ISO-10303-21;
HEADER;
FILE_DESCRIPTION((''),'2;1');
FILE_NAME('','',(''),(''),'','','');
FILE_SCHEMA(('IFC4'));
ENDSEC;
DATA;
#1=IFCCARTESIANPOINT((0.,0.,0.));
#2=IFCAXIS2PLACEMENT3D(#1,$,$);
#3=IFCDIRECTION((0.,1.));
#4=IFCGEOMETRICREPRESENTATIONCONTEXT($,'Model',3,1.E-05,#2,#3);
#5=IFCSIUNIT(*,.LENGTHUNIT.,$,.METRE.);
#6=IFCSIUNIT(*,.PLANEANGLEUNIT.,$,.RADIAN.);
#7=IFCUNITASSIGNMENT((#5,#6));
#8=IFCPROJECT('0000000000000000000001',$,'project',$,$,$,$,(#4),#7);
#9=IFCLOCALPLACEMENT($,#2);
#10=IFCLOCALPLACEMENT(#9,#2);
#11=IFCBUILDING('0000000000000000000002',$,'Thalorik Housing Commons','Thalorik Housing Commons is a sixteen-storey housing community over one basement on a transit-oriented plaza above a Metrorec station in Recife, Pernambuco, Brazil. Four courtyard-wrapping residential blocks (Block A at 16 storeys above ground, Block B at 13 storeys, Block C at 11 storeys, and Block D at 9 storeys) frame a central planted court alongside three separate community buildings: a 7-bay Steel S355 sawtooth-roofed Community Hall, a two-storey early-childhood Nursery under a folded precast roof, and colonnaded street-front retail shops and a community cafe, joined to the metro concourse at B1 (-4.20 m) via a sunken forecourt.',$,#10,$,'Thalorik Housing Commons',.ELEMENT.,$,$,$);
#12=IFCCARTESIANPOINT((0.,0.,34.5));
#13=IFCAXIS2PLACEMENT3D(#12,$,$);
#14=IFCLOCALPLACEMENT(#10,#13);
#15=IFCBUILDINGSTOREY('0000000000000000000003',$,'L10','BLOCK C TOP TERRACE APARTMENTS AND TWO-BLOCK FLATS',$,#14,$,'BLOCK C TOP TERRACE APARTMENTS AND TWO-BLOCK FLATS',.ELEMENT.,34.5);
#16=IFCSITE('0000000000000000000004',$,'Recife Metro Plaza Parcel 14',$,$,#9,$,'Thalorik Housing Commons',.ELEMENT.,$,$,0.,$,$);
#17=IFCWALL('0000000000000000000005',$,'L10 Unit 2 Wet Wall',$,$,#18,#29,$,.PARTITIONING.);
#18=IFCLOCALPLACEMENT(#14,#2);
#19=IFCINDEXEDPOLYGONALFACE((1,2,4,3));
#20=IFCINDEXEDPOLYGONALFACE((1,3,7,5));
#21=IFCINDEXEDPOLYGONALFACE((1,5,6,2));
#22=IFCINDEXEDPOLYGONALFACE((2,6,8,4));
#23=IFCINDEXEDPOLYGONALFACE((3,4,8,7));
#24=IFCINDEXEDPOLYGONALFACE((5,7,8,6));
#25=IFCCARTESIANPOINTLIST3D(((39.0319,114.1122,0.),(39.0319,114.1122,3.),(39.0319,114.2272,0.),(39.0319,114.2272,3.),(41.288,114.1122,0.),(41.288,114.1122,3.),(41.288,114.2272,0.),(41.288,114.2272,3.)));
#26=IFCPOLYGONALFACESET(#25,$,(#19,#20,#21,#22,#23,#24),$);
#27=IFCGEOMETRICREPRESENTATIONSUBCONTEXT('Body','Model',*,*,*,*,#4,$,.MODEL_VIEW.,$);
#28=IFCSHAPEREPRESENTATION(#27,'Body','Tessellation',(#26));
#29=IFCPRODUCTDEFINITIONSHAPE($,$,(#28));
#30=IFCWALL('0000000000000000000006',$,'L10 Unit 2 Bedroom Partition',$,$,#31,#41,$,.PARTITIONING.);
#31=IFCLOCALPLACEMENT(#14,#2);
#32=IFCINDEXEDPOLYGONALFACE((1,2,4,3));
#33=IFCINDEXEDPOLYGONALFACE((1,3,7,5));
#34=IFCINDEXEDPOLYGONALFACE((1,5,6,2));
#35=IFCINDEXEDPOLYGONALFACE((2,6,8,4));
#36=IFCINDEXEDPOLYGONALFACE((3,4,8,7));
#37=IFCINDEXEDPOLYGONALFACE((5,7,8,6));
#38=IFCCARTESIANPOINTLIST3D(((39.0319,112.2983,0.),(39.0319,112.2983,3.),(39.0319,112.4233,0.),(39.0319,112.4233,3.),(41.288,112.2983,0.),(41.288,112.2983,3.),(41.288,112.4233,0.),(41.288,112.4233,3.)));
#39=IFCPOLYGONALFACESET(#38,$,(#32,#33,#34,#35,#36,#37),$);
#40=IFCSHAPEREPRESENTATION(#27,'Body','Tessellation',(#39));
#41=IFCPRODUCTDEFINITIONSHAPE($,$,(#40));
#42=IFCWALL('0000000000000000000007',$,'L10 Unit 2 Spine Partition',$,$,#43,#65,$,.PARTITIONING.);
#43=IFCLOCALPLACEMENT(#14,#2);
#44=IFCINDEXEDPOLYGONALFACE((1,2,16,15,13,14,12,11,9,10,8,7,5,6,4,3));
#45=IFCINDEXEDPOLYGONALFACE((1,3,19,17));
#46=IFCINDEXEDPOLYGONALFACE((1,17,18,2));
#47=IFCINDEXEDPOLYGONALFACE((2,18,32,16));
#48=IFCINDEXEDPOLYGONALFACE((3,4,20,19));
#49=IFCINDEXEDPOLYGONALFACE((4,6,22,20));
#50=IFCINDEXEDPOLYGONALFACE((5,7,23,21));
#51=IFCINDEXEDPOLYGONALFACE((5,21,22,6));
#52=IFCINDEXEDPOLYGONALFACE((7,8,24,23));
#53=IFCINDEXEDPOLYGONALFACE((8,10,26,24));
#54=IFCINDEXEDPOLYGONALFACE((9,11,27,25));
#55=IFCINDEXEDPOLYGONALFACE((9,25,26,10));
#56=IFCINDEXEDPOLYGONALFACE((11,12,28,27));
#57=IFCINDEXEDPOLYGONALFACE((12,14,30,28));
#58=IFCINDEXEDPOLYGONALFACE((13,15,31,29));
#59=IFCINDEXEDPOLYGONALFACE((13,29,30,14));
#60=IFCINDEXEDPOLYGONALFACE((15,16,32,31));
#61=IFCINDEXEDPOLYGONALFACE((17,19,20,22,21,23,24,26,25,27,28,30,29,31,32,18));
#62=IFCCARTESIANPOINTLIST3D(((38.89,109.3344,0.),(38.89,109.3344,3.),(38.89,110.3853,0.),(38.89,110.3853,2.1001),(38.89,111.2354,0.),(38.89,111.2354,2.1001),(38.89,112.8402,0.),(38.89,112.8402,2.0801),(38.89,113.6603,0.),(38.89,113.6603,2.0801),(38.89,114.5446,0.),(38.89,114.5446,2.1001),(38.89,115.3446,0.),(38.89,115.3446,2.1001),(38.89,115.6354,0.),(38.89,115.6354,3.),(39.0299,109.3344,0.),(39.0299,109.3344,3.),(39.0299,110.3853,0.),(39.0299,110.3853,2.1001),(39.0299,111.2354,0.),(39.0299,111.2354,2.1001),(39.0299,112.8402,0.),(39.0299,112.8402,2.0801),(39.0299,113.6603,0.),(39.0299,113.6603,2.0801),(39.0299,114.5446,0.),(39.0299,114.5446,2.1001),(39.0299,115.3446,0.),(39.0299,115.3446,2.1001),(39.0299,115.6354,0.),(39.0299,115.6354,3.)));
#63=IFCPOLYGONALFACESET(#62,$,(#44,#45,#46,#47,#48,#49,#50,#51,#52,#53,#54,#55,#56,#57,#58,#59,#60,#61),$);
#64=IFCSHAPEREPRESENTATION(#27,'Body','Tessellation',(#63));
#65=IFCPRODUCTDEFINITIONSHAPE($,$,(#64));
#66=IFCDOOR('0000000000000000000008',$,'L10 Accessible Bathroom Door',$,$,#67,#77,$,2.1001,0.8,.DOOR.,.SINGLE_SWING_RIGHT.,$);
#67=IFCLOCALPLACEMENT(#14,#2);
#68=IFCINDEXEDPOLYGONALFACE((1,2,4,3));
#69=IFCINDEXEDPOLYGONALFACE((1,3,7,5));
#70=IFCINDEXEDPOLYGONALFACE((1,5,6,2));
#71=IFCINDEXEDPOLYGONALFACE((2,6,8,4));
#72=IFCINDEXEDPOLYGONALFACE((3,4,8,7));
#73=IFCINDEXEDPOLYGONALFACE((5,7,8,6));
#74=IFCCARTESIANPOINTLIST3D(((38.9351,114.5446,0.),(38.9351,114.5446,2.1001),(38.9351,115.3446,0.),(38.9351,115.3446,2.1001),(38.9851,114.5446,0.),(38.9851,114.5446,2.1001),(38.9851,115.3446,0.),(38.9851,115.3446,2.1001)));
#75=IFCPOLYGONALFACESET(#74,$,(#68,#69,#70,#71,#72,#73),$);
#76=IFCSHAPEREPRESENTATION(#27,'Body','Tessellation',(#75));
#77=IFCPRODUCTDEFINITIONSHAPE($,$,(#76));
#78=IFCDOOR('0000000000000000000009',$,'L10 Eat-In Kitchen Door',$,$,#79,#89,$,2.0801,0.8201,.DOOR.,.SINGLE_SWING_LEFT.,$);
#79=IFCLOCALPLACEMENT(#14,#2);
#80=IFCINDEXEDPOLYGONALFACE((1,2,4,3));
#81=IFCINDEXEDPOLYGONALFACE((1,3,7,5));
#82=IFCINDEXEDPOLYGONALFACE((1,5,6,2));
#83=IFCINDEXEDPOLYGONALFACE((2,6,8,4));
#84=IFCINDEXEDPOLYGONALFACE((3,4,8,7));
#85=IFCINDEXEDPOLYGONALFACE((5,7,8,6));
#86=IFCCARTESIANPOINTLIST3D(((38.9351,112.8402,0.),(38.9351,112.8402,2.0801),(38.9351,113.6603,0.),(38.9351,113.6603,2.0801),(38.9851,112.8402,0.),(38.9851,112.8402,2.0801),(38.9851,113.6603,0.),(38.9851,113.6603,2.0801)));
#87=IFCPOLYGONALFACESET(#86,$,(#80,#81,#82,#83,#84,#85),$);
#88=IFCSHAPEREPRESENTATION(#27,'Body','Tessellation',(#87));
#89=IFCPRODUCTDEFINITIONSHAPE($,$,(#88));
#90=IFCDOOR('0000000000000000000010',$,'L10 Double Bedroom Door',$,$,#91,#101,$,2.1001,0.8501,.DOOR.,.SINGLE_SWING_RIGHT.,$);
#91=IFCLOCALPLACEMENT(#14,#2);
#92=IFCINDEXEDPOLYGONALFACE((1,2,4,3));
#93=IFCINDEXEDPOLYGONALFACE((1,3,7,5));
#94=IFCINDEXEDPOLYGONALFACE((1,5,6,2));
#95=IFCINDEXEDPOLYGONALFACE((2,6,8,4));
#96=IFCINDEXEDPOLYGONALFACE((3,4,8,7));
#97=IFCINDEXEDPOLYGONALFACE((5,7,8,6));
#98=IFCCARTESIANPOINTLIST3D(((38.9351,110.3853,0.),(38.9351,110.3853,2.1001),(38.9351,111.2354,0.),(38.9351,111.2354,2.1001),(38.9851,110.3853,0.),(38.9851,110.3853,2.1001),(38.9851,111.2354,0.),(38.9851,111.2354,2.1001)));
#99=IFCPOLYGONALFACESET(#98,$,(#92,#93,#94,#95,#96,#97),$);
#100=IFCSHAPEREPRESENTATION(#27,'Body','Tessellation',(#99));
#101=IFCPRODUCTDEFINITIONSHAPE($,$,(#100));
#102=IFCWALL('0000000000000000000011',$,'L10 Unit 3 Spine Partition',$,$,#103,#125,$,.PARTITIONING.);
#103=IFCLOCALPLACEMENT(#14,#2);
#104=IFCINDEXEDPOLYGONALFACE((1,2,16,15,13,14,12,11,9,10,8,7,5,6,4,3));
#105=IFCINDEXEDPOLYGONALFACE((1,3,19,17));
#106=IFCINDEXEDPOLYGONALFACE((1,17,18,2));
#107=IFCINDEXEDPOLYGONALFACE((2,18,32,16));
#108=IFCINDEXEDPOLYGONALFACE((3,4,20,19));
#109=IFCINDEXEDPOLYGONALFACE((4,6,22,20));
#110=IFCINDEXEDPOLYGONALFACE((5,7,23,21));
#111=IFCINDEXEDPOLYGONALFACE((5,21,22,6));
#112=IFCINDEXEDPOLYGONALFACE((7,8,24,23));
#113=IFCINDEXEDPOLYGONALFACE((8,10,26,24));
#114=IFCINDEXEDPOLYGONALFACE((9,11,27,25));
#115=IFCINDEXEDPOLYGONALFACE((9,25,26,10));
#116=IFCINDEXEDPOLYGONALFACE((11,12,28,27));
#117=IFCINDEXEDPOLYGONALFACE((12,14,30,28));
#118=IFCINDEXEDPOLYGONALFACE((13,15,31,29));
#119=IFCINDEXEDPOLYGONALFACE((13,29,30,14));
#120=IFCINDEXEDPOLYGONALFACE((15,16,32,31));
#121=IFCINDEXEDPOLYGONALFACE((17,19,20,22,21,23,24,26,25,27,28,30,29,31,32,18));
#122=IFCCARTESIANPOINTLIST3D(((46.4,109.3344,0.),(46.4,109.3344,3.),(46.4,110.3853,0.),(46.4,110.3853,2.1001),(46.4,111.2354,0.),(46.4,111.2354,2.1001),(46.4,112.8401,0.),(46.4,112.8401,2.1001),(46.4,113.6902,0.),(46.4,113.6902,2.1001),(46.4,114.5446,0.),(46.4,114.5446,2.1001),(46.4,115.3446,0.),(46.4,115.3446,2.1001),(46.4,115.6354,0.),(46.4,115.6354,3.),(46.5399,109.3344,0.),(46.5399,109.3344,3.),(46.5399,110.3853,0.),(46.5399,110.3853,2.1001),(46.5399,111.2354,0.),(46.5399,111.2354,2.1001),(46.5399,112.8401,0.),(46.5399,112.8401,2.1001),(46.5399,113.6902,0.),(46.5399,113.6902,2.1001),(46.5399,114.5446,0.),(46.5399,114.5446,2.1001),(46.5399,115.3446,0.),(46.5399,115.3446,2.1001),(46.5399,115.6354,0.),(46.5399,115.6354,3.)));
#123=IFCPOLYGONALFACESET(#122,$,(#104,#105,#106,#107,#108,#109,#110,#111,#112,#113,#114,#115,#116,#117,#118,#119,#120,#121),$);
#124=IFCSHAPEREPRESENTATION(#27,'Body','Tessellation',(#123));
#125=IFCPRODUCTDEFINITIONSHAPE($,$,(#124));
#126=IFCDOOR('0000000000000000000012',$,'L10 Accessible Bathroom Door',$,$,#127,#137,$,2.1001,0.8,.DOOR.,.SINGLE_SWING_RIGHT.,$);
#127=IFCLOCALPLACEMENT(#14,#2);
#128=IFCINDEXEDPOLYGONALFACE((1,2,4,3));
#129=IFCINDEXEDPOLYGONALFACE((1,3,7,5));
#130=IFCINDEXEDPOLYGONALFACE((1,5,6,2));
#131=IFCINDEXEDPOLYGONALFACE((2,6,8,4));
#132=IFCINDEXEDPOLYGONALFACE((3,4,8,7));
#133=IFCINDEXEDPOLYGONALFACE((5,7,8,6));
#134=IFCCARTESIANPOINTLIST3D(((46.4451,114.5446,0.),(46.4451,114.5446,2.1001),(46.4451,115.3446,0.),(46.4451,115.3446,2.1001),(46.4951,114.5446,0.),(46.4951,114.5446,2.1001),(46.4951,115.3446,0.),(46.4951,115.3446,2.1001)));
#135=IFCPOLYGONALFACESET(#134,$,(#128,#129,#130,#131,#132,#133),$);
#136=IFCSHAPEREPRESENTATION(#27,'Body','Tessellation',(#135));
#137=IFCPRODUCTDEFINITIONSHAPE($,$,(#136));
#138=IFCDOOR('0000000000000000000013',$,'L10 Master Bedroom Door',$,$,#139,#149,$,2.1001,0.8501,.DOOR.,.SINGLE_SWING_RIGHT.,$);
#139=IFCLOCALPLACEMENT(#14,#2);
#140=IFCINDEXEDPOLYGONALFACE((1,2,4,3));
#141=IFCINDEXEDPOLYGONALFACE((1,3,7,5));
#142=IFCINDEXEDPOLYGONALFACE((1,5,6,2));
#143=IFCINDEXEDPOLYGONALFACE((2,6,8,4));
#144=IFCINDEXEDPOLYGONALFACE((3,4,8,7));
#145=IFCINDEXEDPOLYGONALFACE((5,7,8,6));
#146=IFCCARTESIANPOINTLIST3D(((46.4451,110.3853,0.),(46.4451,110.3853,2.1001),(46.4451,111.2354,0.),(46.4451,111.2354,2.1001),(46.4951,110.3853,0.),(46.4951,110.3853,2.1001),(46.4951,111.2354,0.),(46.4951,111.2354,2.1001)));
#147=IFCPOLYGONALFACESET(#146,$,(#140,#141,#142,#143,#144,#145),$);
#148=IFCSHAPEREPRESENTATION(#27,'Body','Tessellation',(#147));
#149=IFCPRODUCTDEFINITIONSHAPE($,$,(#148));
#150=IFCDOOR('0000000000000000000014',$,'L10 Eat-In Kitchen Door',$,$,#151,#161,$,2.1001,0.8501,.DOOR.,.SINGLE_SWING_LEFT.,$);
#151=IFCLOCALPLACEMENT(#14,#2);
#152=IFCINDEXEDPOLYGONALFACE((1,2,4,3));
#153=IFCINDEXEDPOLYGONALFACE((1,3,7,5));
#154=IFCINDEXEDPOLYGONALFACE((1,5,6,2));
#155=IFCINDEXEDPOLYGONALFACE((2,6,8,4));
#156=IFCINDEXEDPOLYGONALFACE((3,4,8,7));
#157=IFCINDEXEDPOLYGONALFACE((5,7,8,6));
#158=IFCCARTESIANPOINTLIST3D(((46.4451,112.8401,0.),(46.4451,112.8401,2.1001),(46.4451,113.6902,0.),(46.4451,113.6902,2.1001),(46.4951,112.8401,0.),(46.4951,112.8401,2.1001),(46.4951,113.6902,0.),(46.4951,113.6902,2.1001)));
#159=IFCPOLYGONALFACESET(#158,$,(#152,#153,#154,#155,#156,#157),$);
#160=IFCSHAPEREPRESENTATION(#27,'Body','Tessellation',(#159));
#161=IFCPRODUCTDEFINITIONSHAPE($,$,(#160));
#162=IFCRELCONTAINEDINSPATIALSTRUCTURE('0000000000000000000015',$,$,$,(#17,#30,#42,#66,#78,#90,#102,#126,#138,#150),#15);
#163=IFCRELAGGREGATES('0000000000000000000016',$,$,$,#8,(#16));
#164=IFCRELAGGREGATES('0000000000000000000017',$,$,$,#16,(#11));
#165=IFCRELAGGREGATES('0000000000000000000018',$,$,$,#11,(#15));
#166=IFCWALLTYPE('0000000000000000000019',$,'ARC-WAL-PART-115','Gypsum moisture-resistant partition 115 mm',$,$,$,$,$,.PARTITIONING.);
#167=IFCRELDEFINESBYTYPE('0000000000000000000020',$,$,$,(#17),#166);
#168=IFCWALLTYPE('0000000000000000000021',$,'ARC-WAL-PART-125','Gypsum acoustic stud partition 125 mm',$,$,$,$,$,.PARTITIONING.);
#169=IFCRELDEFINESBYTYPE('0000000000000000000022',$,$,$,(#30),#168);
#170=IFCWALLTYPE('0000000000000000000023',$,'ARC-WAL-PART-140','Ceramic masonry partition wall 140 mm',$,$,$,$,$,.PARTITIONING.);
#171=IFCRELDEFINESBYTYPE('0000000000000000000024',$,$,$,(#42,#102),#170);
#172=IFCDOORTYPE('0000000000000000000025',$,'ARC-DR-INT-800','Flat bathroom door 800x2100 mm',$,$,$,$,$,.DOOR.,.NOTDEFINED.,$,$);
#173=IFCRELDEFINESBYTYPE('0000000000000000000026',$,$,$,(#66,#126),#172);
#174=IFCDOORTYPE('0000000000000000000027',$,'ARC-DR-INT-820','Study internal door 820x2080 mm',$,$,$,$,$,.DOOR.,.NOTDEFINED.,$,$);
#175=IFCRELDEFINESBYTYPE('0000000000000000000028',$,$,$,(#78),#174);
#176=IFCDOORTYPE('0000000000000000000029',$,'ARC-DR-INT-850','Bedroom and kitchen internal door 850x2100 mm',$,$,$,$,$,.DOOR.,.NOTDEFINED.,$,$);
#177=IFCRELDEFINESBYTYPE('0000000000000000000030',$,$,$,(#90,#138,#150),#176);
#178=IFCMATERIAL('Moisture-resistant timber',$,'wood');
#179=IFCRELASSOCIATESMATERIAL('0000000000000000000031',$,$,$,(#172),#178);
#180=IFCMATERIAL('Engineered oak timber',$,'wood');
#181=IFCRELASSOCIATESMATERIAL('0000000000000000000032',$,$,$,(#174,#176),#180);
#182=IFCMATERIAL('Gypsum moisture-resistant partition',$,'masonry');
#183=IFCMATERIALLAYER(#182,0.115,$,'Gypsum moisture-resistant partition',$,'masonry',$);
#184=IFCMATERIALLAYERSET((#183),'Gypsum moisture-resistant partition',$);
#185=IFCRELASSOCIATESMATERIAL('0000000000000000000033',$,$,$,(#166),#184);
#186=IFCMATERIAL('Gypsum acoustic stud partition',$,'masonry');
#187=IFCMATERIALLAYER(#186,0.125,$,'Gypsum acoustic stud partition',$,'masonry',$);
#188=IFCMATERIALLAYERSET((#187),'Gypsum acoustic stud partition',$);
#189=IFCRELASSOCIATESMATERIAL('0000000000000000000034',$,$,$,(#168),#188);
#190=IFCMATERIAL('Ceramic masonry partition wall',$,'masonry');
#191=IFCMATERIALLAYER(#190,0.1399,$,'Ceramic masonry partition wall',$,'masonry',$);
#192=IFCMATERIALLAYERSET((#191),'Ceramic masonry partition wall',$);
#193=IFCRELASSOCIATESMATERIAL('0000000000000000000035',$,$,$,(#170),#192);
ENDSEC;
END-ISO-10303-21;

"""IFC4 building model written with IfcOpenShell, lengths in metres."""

from ifc_helpers import new_model, si_unit, direction, frame, frame_2d, origin, place, context, subcontext, project, spatial, rectangle, extrude, material, layer, layer_set, type_object, element, fill, save


model = new_model("IFC4")

# Units and contexts
model_context = context("Model", 3, precision=1e-05, world=origin(), true_north=direction((0.0, 1.0)))
body_context = subcontext(model_context, "Body", "Model", "MODEL_VIEW")
ifc_project = project(units=[si_unit("LENGTHUNIT", "METRE"), si_unit("PLANEANGLEUNIT", "RADIAN")], contexts=[model_context])

# Site, building, storey
site_placement = place(None, origin())
site = spatial("IfcSite", under=ifc_project, at=site_placement, Name="Recife Metro Plaza Parcel 14", LongName="Thalorik Housing Commons", CompositionType="ELEMENT", RefElevation=0.0)
building_placement = place(site_placement, origin())
building = spatial("IfcBuilding", under=site, at=building_placement, Name="Thalorik Housing Commons", Description="Thalorik Housing Commons is a sixteen-storey housing community over one basement on a transit-oriented plaza above a Metrorec station in Recife, Pernambuco, Brazil. Four courtyard-wrapping residential blocks (Block A at 16 storeys above ground, Block B at 13 storeys, Block C at 11 storeys, and Block D at 9 storeys) frame a central planted court alongside three separate community buildings: a 7-bay Steel S355 sawtooth-roofed Community Hall, a two-storey early-childhood Nursery under a folded precast roof, and colonnaded street-front retail shops and a community cafe, joined to the metro concourse at B1 (-4.20 m) via a sunken forecourt.", LongName="Thalorik Housing Commons", CompositionType="ELEMENT")
storey_placement = place(building_placement, frame((0.0, 0.0, 34.5)))
storey = spatial("IfcBuildingStorey", under=building, at=storey_placement, Name="L10", Description="BLOCK C TOP TERRACE APARTMENTS AND TWO-BLOCK FLATS", LongName="BLOCK C TOP TERRACE APARTMENTS AND TWO-BLOCK FLATS", CompositionType="ELEMENT", Elevation=34.5)

# Shared definitions
ifc_material_1 = material(Name="Moisture-resistant timber", Category="wood")
door_type_1 = type_object("IfcDoorType", Name="ARC-DR-INT-800", Description="Flat bathroom door 800x2100 mm", OperationType="NOTDEFINED", PredefinedType="DOOR", material=ifc_material_1)
ifc_material_2 = material(Name="Engineered oak timber", Category="wood")
door_type_2 = type_object("IfcDoorType", Name="ARC-DR-INT-820", Description="Study internal door 820x2080 mm", OperationType="NOTDEFINED", PredefinedType="DOOR", material=ifc_material_2)
door_type_3 = type_object("IfcDoorType", Name="ARC-DR-INT-850", Description="Bedroom and kitchen internal door 850x2100 mm", OperationType="NOTDEFINED", PredefinedType="DOOR", material=ifc_material_2)

# Walls
ifc_material_3 = material(Name="Gypsum moisture-resistant partition", Category="masonry")
ifc_layer_1 = layer(ifc_material_3, 0.115, Name="Gypsum moisture-resistant partition", Category="masonry")
ifc_layer_set_1 = layer_set([ifc_layer_1], Name="Gypsum moisture-resistant partition")
wall_type_1 = type_object("IfcWallType", Name="ARC-WAL-PART-115", Description="Gypsum moisture-resistant partition 115 mm", PredefinedType="PARTITIONING", material=ifc_layer_set_1)
wall_1_placement = place(storey_placement, frame((39.032, 114.1697, 0.0), z_axis=(0.0, 0.0, 1.0), x_axis=(1.0, 0.0, 0.0)))
element("IfcWall", 1, at=wall_1_placement, inside=storey, type_object=wall_type_1, Name="L10 Unit 2 Wet Wall", PredefinedType="PARTITIONING", context=body_context, shape_type="SweptSolid", body=[
    extrude(rectangle(XDim=2.2561, YDim=0.115, at=frame_2d((1.1279, 0.0))), origin(), (0.0, 0.0, 1.0), 3.0),
])
ifc_material_4 = material(Name="Gypsum acoustic stud partition", Category="masonry")
ifc_layer_2 = layer(ifc_material_4, 0.125, Name="Gypsum acoustic stud partition", Category="masonry")
ifc_layer_set_2 = layer_set([ifc_layer_2], Name="Gypsum acoustic stud partition")
wall_type_2 = type_object("IfcWallType", Name="ARC-WAL-PART-125", Description="Gypsum acoustic stud partition 125 mm", PredefinedType="PARTITIONING", material=ifc_layer_set_2)
wall_2_placement = place(storey_placement, frame((39.032, 112.3608, 0.0), z_axis=(0.0, 0.0, 1.0), x_axis=(1.0, 0.0, 0.0)))
element("IfcWall", 2, at=wall_2_placement, inside=storey, type_object=wall_type_2, Name="L10 Unit 2 Bedroom Partition", PredefinedType="PARTITIONING", context=body_context, shape_type="SweptSolid", body=[
    extrude(rectangle(XDim=2.2561, YDim=0.125, at=frame_2d((1.1279, 0.0))), origin(), (0.0, 0.0, 1.0), 3.0),
])

# Walls, openings, doors
ifc_material_5 = material(Name="Ceramic masonry partition wall", Category="masonry")
ifc_layer_3 = layer(ifc_material_5, 0.1399, Name="Ceramic masonry partition wall", Category="masonry")
ifc_layer_set_3 = layer_set([ifc_layer_3], Name="Ceramic masonry partition wall")
wall_type_3 = type_object("IfcWallType", Name="ARC-WAL-PART-140", Description="Ceramic masonry partition wall 140 mm", PredefinedType="PARTITIONING", material=ifc_layer_set_3)
wall_3_placement = place(storey_placement, frame((38.96, 109.3345, 0.0), z_axis=(0.0, 0.0, 1.0), x_axis=(0.0, 1.0, 0.0)))
wall_3 = element("IfcWall", 3, at=wall_3_placement, inside=storey, type_object=wall_type_3, Name="L10 Unit 2 Spine Partition", PredefinedType="PARTITIONING", context=body_context, shape_type="SweptSolid", body=[
    extrude(rectangle(XDim=6.301, YDim=0.1399, at=frame_2d((3.1504, 0.0))), origin(), (0.0, 0.0, 1.0), 3.0),
])
opening_1_placement = place(wall_3_placement, frame((1.0508, 0.0, 0.0)))
opening_1 = element("IfcOpeningElement", 4, at=opening_1_placement, cuts=wall_3, PredefinedType="OPENING", context=body_context, shape_type="SweptSolid", body=[
    extrude(rectangle(XDim=0.8501, YDim=2.1001, at=frame_2d((0.425, 1.05))), frame((0.0, 0.0801, 0.0), z_axis=(0.0, -1.0, 0.0), x_axis=(1.0, 0.0, 0.0)), (0.0, 0.0, 1.0), 0.1599),
])
opening_2_placement = place(wall_3_placement, frame((3.5056, 0.0, 0.0)))
opening_2 = element("IfcOpeningElement", 5, at=opening_2_placement, cuts=wall_3, PredefinedType="OPENING", context=body_context, shape_type="SweptSolid", body=[
    extrude(rectangle(XDim=0.8201, YDim=2.0801, at=frame_2d((0.4102, 1.04))), frame((0.0, 0.0801, 0.0), z_axis=(0.0, -1.0, 0.0), x_axis=(1.0, 0.0, 0.0)), (0.0, 0.0, 1.0), 0.1599),
])
opening_3_placement = place(wall_3_placement, frame((5.2102, 0.0, 0.0)))
opening_3 = element("IfcOpeningElement", 6, at=opening_3_placement, cuts=wall_3, PredefinedType="OPENING", context=body_context, shape_type="SweptSolid", body=[
    extrude(rectangle(XDim=0.8, YDim=2.1001, at=frame_2d((0.3999, 1.05))), frame((0.0, 0.0801, 0.0), z_axis=(0.0, -1.0, 0.0), x_axis=(1.0, 0.0, 0.0)), (0.0, 0.0, 1.0), 0.1599),
])
door_1_placement = place(opening_3_placement, origin())
door_1 = element("IfcDoor", 7, at=door_1_placement, inside=storey, type_object=door_type_1, Name="L10 Accessible Bathroom Door", OperationType="SINGLE_SWING_RIGHT", OverallHeight=2.1001, OverallWidth=0.8, PredefinedType="DOOR", context=body_context, shape_type="SweptSolid", body=[
    extrude(rectangle(XDim=0.8, YDim=2.1001, at=frame_2d((0.3999, 1.05))), frame((0.0, 0.0249, 0.0), z_axis=(0.0, -1.0, 0.0), x_axis=(1.0, 0.0, 0.0)), (0.0, 0.0, 1.0), 0.05),
])
fill(opening_3, door_1)
door_2_placement = place(opening_2_placement, origin())
door_2 = element("IfcDoor", 8, at=door_2_placement, inside=storey, type_object=door_type_2, Name="L10 Eat-In Kitchen Door", OperationType="SINGLE_SWING_LEFT", OverallHeight=2.0801, OverallWidth=0.8201, PredefinedType="DOOR", context=body_context, shape_type="SweptSolid", body=[
    extrude(rectangle(XDim=0.8201, YDim=2.0801, at=frame_2d((0.4102, 1.04))), frame((0.0, 0.0249, 0.0), z_axis=(0.0, -1.0, 0.0), x_axis=(1.0, 0.0, 0.0)), (0.0, 0.0, 1.0), 0.05),
])
fill(opening_2, door_2)
door_3_placement = place(opening_1_placement, origin())
door_3 = element("IfcDoor", 9, at=door_3_placement, inside=storey, type_object=door_type_3, Name="L10 Double Bedroom Door", OperationType="SINGLE_SWING_RIGHT", OverallHeight=2.1001, OverallWidth=0.8501, PredefinedType="DOOR", context=body_context, shape_type="SweptSolid", body=[
    extrude(rectangle(XDim=0.8501, YDim=2.1001, at=frame_2d((0.425, 1.05))), frame((0.0, 0.0249, 0.0), z_axis=(0.0, -1.0, 0.0), x_axis=(1.0, 0.0, 0.0)), (0.0, 0.0, 1.0), 0.05),
])
fill(opening_1, door_3)
wall_4_placement = place(storey_placement, frame((46.47, 109.3345, 0.0), z_axis=(0.0, 0.0, 1.0), x_axis=(0.0, 1.0, 0.0)))
wall_4 = element("IfcWall", 10, at=wall_4_placement, inside=storey, type_object=wall_type_3, Name="L10 Unit 3 Spine Partition", PredefinedType="PARTITIONING", context=body_context, shape_type="SweptSolid", body=[
    extrude(rectangle(XDim=6.301, YDim=0.1399, at=frame_2d((3.1504, 0.0))), origin(), (0.0, 0.0, 1.0), 3.0),
])
opening_4_placement = place(wall_4_placement, frame((1.0508, 0.0, 0.0)))
opening_4 = element("IfcOpeningElement", 11, at=opening_4_placement, cuts=wall_4, PredefinedType="OPENING", context=body_context, shape_type="SweptSolid", body=[
    extrude(rectangle(XDim=0.8501, YDim=2.1001, at=frame_2d((0.425, 1.05))), frame((0.0, 0.0801, 0.0), z_axis=(0.0, -1.0, 0.0), x_axis=(1.0, 0.0, 0.0)), (0.0, 0.0, 1.0), 0.1599),
])
opening_5_placement = place(wall_4_placement, frame((3.5056, 0.0, 0.0)))
opening_5 = element("IfcOpeningElement", 12, at=opening_5_placement, cuts=wall_4, PredefinedType="OPENING", context=body_context, shape_type="SweptSolid", body=[
    extrude(rectangle(XDim=0.8501, YDim=2.1001, at=frame_2d((0.425, 1.05))), frame((0.0, 0.0801, 0.0), z_axis=(0.0, -1.0, 0.0), x_axis=(1.0, 0.0, 0.0)), (0.0, 0.0, 1.0), 0.1599),
])
opening_6_placement = place(wall_4_placement, frame((5.2102, 0.0, 0.0)))
opening_6 = element("IfcOpeningElement", 13, at=opening_6_placement, cuts=wall_4, PredefinedType="OPENING", context=body_context, shape_type="SweptSolid", body=[
    extrude(rectangle(XDim=0.8, YDim=2.1001, at=frame_2d((0.3999, 1.05))), frame((0.0, 0.0801, 0.0), z_axis=(0.0, -1.0, 0.0), x_axis=(1.0, 0.0, 0.0)), (0.0, 0.0, 1.0), 0.1599),
])
door_4_placement = place(opening_6_placement, origin())
door_4 = element("IfcDoor", 14, at=door_4_placement, inside=storey, type_object=door_type_1, Name="L10 Accessible Bathroom Door", OperationType="SINGLE_SWING_RIGHT", OverallHeight=2.1001, OverallWidth=0.8, PredefinedType="DOOR", context=body_context, shape_type="SweptSolid", body=[
    extrude(rectangle(XDim=0.8, YDim=2.1001, at=frame_2d((0.3999, 1.05))), frame((0.0, 0.0249, 0.0), z_axis=(0.0, -1.0, 0.0), x_axis=(1.0, 0.0, 0.0)), (0.0, 0.0, 1.0), 0.05),
])
fill(opening_6, door_4)
door_5_placement = place(opening_4_placement, origin())
door_5 = element("IfcDoor", 15, at=door_5_placement, inside=storey, type_object=door_type_3, Name="L10 Master Bedroom Door", OperationType="SINGLE_SWING_RIGHT", OverallHeight=2.1001, OverallWidth=0.8501, PredefinedType="DOOR", context=body_context, shape_type="SweptSolid", body=[
    extrude(rectangle(XDim=0.8501, YDim=2.1001, at=frame_2d((0.425, 1.05))), frame((0.0, 0.0249, 0.0), z_axis=(0.0, -1.0, 0.0), x_axis=(1.0, 0.0, 0.0)), (0.0, 0.0, 1.0), 0.05),
])
fill(opening_4, door_5)
door_6_placement = place(opening_5_placement, origin())
door_6 = element("IfcDoor", 16, at=door_6_placement, inside=storey, type_object=door_type_3, Name="L10 Eat-In Kitchen Door", OperationType="SINGLE_SWING_LEFT", OverallHeight=2.1001, OverallWidth=0.8501, PredefinedType="DOOR", context=body_context, shape_type="SweptSolid", body=[
    extrude(rectangle(XDim=0.8501, YDim=2.1001, at=frame_2d((0.425, 1.05))), frame((0.0, 0.0249, 0.0), z_axis=(0.0, -1.0, 0.0), x_axis=(1.0, 0.0, 0.0)), (0.0, 0.0, 1.0), 0.05),
])
fill(opening_5, door_6)

save(model, "model.ifc")
